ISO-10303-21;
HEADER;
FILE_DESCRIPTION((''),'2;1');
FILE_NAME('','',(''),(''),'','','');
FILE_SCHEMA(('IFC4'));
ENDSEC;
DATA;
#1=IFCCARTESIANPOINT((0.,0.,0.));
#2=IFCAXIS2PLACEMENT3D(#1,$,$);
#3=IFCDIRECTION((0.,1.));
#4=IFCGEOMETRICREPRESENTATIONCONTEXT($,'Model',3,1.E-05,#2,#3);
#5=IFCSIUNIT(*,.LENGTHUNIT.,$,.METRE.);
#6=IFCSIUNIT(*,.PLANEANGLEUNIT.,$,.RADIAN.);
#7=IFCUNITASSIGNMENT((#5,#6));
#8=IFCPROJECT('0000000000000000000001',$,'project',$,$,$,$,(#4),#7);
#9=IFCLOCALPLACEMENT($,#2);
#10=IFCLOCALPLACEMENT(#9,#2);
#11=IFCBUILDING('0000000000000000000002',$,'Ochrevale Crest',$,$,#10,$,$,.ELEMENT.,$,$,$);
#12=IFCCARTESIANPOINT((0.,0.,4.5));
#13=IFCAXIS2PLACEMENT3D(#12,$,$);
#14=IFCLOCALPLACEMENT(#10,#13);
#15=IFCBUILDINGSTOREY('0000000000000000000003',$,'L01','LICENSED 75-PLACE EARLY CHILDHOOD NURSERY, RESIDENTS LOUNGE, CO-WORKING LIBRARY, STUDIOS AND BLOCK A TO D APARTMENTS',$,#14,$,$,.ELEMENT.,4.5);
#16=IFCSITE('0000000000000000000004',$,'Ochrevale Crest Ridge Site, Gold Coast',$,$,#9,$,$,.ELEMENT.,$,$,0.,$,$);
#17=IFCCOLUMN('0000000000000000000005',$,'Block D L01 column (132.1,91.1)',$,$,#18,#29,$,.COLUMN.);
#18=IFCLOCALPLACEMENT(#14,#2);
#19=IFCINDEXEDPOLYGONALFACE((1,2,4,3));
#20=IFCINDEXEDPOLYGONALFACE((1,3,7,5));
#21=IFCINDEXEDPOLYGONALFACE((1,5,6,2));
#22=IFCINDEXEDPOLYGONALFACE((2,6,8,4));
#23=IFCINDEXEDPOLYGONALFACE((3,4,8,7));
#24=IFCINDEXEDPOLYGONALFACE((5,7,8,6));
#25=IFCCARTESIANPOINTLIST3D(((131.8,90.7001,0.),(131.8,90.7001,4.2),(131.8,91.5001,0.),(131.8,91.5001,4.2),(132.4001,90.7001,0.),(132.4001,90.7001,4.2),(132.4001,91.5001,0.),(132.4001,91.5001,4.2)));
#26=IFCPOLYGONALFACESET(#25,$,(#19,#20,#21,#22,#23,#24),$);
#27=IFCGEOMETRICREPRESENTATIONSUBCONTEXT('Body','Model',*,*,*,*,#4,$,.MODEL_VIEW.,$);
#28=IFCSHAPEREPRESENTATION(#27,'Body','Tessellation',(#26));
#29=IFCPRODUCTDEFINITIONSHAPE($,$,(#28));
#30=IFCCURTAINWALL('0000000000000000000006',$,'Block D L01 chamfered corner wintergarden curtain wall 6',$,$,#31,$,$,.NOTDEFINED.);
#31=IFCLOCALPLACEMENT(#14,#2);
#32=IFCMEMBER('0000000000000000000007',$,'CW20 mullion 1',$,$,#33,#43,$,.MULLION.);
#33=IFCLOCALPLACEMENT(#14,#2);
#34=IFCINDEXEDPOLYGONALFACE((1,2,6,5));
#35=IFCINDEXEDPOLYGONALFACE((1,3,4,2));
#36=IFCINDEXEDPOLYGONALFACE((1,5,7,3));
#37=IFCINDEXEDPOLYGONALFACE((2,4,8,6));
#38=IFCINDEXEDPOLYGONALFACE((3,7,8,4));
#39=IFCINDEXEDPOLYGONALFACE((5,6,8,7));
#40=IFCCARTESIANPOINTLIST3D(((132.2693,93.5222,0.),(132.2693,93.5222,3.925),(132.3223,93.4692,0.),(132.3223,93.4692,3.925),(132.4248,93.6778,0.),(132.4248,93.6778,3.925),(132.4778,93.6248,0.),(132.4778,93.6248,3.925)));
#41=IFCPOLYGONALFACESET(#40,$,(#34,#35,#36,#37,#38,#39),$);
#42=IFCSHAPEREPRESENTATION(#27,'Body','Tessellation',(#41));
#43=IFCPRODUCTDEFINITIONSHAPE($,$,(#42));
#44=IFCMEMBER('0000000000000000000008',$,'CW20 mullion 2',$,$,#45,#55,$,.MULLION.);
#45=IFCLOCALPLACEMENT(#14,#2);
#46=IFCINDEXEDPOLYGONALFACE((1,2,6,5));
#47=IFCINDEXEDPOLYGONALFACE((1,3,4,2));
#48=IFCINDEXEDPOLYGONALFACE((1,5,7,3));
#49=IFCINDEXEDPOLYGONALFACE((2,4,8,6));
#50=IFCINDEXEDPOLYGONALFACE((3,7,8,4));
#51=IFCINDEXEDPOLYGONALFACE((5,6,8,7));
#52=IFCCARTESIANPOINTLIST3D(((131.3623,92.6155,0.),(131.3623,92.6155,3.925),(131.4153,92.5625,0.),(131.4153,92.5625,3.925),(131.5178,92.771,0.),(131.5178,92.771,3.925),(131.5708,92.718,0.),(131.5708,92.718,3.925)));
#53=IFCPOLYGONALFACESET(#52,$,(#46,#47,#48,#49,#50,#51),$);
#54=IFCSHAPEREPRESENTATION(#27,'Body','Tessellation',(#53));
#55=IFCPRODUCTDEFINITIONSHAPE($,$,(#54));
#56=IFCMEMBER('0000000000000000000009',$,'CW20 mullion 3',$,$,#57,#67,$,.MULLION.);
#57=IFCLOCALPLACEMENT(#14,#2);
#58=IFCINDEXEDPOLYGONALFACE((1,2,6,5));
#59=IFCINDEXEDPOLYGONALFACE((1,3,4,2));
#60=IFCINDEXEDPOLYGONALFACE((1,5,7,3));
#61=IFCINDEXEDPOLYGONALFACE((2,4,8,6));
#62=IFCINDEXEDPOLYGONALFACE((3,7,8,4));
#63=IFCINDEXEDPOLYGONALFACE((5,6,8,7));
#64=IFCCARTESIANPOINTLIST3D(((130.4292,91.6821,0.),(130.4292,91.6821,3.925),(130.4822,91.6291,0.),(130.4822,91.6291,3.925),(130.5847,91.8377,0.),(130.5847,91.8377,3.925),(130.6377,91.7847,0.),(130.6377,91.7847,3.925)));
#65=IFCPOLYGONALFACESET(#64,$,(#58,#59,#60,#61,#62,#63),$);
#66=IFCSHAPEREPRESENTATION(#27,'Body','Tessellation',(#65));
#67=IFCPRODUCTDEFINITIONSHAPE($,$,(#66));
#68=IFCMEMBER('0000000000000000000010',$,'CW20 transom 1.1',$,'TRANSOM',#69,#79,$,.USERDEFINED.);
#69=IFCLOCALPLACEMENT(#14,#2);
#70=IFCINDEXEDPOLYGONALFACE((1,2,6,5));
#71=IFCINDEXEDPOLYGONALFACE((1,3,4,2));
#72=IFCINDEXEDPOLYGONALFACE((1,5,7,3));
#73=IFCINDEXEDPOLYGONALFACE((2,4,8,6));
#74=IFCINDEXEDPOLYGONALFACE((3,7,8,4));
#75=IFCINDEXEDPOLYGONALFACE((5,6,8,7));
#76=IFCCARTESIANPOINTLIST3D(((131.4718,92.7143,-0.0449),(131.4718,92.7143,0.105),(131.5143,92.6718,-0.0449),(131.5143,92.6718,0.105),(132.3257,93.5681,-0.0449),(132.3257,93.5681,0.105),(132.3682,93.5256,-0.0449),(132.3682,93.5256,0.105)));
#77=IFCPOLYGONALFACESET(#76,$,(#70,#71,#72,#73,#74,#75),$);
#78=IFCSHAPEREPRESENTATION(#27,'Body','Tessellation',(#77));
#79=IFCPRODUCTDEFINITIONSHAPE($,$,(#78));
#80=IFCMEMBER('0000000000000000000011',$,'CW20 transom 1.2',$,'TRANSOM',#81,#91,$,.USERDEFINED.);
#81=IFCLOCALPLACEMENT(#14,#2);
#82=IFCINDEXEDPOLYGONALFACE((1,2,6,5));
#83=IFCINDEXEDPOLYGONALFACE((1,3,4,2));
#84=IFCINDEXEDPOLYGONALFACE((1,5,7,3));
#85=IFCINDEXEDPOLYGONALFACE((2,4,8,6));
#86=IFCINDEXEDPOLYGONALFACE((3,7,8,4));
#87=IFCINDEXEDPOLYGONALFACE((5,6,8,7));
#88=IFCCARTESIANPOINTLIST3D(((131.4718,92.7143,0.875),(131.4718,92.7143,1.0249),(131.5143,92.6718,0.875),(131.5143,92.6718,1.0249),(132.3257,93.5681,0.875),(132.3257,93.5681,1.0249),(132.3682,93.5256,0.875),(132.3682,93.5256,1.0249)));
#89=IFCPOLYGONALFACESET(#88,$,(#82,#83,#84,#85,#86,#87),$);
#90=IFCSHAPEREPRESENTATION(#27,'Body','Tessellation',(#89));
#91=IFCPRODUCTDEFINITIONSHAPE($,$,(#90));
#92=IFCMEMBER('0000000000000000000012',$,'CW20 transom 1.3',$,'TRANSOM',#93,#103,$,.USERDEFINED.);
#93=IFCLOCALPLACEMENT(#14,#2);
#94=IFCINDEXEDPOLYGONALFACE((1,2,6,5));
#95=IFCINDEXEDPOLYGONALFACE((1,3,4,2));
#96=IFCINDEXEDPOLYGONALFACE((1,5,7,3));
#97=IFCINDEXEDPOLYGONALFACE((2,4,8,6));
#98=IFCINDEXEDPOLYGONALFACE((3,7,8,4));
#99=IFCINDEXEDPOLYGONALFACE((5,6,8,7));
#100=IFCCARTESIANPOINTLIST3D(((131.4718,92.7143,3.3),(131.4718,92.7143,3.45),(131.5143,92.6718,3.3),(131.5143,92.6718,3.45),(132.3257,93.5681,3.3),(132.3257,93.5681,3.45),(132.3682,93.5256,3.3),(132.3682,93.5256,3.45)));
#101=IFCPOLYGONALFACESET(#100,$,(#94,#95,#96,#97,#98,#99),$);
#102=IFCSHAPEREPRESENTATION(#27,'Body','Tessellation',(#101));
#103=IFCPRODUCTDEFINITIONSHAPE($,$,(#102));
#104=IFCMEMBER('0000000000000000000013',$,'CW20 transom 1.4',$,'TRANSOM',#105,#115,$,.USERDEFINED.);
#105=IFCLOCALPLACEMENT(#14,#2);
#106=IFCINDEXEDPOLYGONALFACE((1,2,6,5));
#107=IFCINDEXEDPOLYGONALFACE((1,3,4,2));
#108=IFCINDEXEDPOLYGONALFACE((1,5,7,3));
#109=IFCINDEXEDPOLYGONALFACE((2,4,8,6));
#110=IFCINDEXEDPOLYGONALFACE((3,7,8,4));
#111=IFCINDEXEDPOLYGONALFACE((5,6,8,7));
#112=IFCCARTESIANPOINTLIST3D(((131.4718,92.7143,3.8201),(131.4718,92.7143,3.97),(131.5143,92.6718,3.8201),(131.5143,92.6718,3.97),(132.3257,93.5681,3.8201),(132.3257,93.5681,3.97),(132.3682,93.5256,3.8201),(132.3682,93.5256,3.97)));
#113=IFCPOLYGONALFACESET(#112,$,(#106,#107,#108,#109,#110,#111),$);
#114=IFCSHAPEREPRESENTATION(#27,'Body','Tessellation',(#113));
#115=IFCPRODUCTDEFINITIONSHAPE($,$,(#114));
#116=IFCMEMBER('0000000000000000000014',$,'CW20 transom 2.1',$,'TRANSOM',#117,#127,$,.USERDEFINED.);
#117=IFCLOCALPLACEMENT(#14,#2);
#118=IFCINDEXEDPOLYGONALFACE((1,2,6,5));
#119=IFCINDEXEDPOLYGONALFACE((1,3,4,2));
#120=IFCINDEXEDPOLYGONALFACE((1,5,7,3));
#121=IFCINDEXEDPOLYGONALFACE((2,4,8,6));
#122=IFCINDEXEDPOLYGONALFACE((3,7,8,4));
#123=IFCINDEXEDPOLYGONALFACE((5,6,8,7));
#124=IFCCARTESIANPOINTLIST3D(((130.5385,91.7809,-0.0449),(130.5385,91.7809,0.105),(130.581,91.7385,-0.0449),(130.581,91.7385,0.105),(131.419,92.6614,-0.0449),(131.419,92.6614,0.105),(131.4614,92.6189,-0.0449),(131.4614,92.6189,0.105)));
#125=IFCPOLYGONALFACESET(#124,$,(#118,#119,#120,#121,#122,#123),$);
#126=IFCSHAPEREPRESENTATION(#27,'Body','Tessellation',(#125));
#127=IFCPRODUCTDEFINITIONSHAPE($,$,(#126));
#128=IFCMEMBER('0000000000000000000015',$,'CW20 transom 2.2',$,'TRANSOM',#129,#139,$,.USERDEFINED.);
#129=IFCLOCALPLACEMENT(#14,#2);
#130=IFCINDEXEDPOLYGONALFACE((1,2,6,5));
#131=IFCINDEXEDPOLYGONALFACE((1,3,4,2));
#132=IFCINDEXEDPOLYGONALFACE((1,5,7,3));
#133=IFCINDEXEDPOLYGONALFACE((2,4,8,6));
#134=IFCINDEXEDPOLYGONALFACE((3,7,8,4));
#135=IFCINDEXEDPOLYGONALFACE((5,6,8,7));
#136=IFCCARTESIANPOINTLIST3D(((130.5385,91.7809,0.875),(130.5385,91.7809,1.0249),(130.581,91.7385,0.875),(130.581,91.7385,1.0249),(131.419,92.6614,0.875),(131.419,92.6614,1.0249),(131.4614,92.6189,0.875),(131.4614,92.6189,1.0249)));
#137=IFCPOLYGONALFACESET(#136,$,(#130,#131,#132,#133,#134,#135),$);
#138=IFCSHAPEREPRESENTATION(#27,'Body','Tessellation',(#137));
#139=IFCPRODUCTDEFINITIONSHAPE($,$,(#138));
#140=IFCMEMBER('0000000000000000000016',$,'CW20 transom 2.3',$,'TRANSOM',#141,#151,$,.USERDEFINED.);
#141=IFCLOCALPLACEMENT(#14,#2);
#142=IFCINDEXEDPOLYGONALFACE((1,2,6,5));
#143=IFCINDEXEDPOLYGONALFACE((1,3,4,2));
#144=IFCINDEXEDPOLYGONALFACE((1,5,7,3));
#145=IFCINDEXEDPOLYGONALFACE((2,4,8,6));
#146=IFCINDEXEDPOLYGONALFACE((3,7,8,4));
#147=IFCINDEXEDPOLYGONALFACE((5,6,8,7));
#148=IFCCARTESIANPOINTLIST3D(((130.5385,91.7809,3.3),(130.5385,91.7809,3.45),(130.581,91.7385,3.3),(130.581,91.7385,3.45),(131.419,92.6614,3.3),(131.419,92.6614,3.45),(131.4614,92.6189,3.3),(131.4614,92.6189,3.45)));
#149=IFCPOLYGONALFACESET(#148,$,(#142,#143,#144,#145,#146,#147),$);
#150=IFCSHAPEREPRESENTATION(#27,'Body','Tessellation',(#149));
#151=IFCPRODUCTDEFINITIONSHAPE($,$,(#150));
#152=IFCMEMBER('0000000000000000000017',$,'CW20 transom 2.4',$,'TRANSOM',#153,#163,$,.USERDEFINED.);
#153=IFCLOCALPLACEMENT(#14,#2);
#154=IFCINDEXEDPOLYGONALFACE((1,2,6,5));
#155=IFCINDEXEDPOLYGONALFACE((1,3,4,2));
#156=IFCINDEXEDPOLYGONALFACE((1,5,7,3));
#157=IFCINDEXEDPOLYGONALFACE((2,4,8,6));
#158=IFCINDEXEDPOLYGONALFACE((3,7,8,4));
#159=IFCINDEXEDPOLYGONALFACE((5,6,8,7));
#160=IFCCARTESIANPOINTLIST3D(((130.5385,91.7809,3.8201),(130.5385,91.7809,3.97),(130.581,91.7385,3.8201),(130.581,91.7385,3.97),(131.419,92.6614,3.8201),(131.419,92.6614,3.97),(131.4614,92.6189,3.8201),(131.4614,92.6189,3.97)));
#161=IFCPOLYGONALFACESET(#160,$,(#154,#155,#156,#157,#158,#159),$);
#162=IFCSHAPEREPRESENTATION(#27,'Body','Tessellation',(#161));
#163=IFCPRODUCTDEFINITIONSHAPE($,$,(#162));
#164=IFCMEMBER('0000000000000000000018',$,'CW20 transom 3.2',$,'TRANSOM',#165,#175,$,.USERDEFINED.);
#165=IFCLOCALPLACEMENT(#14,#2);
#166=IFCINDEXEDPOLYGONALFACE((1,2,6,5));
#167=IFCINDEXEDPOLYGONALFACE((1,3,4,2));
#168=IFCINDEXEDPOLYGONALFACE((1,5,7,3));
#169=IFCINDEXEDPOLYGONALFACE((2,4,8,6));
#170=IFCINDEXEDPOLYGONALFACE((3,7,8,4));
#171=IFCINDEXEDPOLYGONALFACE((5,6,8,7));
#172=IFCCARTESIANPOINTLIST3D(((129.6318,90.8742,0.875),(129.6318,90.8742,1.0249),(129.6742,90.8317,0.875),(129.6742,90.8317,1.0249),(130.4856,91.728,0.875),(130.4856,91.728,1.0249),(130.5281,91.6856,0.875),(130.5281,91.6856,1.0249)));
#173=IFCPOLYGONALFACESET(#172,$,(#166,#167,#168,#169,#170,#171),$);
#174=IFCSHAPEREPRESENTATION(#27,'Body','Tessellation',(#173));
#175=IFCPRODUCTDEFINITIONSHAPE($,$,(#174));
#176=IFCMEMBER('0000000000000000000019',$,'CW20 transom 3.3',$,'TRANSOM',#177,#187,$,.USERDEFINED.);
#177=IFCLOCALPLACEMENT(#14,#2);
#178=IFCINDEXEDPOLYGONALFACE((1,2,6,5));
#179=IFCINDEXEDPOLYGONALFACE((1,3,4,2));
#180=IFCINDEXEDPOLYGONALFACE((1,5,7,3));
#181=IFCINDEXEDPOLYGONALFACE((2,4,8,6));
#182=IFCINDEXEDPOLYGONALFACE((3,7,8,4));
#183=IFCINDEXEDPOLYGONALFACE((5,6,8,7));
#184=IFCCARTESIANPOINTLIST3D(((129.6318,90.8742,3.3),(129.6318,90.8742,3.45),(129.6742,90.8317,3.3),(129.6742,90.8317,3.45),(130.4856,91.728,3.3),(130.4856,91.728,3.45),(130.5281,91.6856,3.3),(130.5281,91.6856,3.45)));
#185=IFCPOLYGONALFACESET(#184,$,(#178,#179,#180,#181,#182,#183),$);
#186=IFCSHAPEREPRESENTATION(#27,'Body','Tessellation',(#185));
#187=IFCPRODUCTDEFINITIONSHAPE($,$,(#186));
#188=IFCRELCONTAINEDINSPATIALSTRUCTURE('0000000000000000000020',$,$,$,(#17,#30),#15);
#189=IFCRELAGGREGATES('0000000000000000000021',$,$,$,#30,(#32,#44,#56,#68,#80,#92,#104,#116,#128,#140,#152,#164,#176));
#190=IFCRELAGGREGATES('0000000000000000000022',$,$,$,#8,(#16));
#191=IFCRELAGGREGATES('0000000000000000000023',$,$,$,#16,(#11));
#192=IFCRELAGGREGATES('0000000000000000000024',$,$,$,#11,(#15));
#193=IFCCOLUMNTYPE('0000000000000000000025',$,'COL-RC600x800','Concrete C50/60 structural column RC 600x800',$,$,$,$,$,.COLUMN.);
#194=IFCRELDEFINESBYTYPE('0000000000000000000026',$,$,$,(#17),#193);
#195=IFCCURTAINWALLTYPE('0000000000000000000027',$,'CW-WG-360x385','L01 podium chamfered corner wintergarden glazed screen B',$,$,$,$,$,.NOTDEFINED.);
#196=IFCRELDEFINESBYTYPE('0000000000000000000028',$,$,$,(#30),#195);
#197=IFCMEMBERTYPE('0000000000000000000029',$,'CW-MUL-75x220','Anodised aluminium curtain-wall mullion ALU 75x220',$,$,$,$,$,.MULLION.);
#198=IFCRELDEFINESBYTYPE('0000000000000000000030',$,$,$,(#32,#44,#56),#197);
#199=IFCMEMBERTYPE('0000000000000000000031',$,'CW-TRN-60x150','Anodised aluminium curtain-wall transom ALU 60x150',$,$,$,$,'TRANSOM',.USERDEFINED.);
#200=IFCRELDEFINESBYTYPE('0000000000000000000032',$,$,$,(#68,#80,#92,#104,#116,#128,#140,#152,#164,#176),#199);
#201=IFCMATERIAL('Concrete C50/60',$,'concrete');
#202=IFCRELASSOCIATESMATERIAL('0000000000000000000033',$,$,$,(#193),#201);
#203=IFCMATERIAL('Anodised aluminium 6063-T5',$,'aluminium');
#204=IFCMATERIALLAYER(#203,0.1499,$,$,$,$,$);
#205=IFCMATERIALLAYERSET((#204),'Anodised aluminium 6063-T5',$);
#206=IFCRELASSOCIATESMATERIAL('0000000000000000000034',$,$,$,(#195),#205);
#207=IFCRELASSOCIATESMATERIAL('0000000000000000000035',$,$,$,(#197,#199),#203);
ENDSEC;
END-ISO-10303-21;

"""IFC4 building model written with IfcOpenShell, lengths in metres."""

from ifc_helpers import new_model, si_unit, direction, frame, origin, origin_2d, place, context, subcontext, project, spatial, rectangle, extrude, material, layer, layer_set, material_profile, profile_set, type_object, element, aggregate, save


model = new_model("IFC4")

# Units and contexts
model_context = context("Model", 3, precision=1e-05, world=origin(), true_north=direction((0.0, 1.0)))
body_context = subcontext(model_context, "Body", "Model", "MODEL_VIEW")
ifc_project = project(units=[si_unit("LENGTHUNIT", "METRE"), si_unit("PLANEANGLEUNIT", "RADIAN")], contexts=[model_context])

# Site, building, storey
site_placement = place(None, origin())
site = spatial("IfcSite", under=ifc_project, at=site_placement, Name="Ochrevale Crest Ridge Site, Gold Coast", CompositionType="ELEMENT", RefElevation=0.0)
building_placement = place(site_placement, origin())
building = spatial("IfcBuilding", under=site, at=building_placement, Name="Ochrevale Crest", CompositionType="ELEMENT")
storey_placement = place(building_placement, frame((0.0, 0.0, 4.5)))
storey = spatial("IfcBuildingStorey", under=building, at=storey_placement, Name="L01", Description="LICENSED 75-PLACE EARLY CHILDHOOD NURSERY, RESIDENTS LOUNGE, CO-WORKING LIBRARY, STUDIOS AND BLOCK A TO D APARTMENTS", CompositionType="ELEMENT", Elevation=4.5)

# Column
ifc_material_1 = material(Name="Concrete C50/60", Category="concrete")
ifc_material_profile_1 = material_profile(ifc_material_1, rectangle(XDim=0.6001, YDim=0.8, at=origin_2d()), Name="RC 600x800")
ifc_profile_set_1 = profile_set([ifc_material_profile_1], Name="Concrete C50/60")
column_type = type_object("IfcColumnType", Name="COL-RC600x800", Description="Concrete C50/60 structural column RC 600x800", PredefinedType="COLUMN", material=ifc_profile_set_1)
column_placement = place(storey_placement, frame((132.1001, 91.1001, 0.0), z_axis=(0.0, 0.0, 1.0), x_axis=(1.0, 0.0, 0.0)))
element("IfcColumn", 1, at=column_placement, inside=storey, type_object=column_type, Name="Block D L01 column (132.1,91.1)", PredefinedType="COLUMN", context=body_context, shape_type="SweptSolid", body=[
    extrude(rectangle(XDim=0.6001, YDim=0.8, at=origin_2d()), origin(), (0.0, 0.0, 1.0), 4.2),
])

# Curtain wall, members
ifc_material_2 = material(Name="Anodised aluminium 6063-T5", Category="aluminium")
ifc_layer_1 = layer(ifc_material_2, 0.1499)
ifc_layer_set_1 = layer_set([ifc_layer_1], Name="Anodised aluminium 6063-T5")
curtain_wall_type = type_object("IfcCurtainWallType", Name="CW-WG-360x385", Description="L01 podium chamfered corner wintergarden glazed screen B", PredefinedType="NOTDEFINED", material=ifc_layer_set_1)
curtain_wall_placement = place(storey_placement, origin())
curtain_wall = element("IfcCurtainWall", 2, at=curtain_wall_placement, inside=storey, type_object=curtain_wall_type, Name="Block D L01 chamfered corner wintergarden curtain wall 6", PredefinedType="NOTDEFINED")
ifc_material_profile_2 = material_profile(ifc_material_2, rectangle(XDim=0.075, YDim=0.22, at=origin_2d()), Name="ALU 75x220")
ifc_profile_set_2 = profile_set([ifc_material_profile_2], Name="Anodised aluminium 6063-T5")
member_type_1 = type_object("IfcMemberType", Name="CW-MUL-75x220", Description="Anodised aluminium curtain-wall mullion ALU 75x220", PredefinedType="MULLION", material=ifc_profile_set_2)
member_1_placement = place(storey_placement, frame((132.3735, 93.5735, 0.0), z_axis=(0.0, 0.0, 1.0), x_axis=(0.707107, -0.707107, 0.0)))
member_1 = element("IfcMember", 3, at=member_1_placement, type_object=member_type_1, Name="CW20 mullion 1", PredefinedType="MULLION", context=body_context, shape_type="SweptSolid", body=[
    extrude(rectangle(XDim=0.075, YDim=0.22, at=origin_2d()), origin(), (0.0, 0.0, 1.0), 3.925),
])
member_2_placement = place(storey_placement, frame((131.4666, 92.6667, 0.0), z_axis=(0.0, 0.0, 1.0), x_axis=(0.707107, -0.707107, 0.0)))
member_2 = element("IfcMember", 4, at=member_2_placement, type_object=member_type_1, Name="CW20 mullion 2", PredefinedType="MULLION", context=body_context, shape_type="SweptSolid", body=[
    extrude(rectangle(XDim=0.075, YDim=0.22, at=origin_2d()), origin(), (0.0, 0.0, 1.0), 3.925),
])
member_3_placement = place(storey_placement, frame((130.5334, 91.7334, 0.0), z_axis=(0.0, 0.0, 1.0), x_axis=(0.707107, -0.707107, 0.0)))
member_3 = element("IfcMember", 5, at=member_3_placement, type_object=member_type_1, Name="CW20 mullion 3", PredefinedType="MULLION", context=body_context, shape_type="SweptSolid", body=[
    extrude(rectangle(XDim=0.075, YDim=0.22, at=origin_2d()), origin(), (0.0, 0.0, 1.0), 3.925),
])
ifc_material_profile_3 = material_profile(ifc_material_2, rectangle(XDim=0.0601, YDim=0.1499, at=origin_2d()), Name="ALU 60x150")
ifc_profile_set_3 = profile_set([ifc_material_profile_3], Name="Anodised aluminium 6063-T5")
member_type_2 = type_object("IfcMemberType", Name="CW-TRN-60x150", Description="Anodised aluminium curtain-wall transom ALU 60x150", ElementType="TRANSOM", PredefinedType="USERDEFINED", material=ifc_profile_set_3)
member_4_placement = place(storey_placement, frame((132.3469, 93.5469, 0.03), z_axis=(-0.707107, -0.707107, 0.0), x_axis=(0.707107, -0.707107, 0.0)))
member_4 = element("IfcMember", 6, at=member_4_placement, type_object=member_type_2, Name="CW20 transom 1.1", ObjectType="TRANSOM", PredefinedType="USERDEFINED", context=body_context, shape_type="SweptSolid", body=[
    extrude(rectangle(XDim=0.0601, YDim=0.1499, at=origin_2d()), origin(), (0.0, 0.0, 1.0), 1.2075),
])
member_5_placement = place(storey_placement, frame((132.3469, 93.5469, 0.95), z_axis=(-0.707107, -0.707107, 0.0), x_axis=(0.707107, -0.707107, 0.0)))
member_5 = element("IfcMember", 7, at=member_5_placement, type_object=member_type_2, Name="CW20 transom 1.2", ObjectType="TRANSOM", PredefinedType="USERDEFINED", context=body_context, shape_type="SweptSolid", body=[
    extrude(rectangle(XDim=0.0601, YDim=0.1499, at=origin_2d()), origin(), (0.0, 0.0, 1.0), 1.2075),
])
member_6_placement = place(storey_placement, frame((132.3469, 93.5469, 3.375), z_axis=(-0.707107, -0.707107, 0.0), x_axis=(0.707107, -0.707107, 0.0)))
member_6 = element("IfcMember", 8, at=member_6_placement, type_object=member_type_2, Name="CW20 transom 1.3", ObjectType="TRANSOM", PredefinedType="USERDEFINED", context=body_context, shape_type="SweptSolid", body=[
    extrude(rectangle(XDim=0.0601, YDim=0.1499, at=origin_2d()), origin(), (0.0, 0.0, 1.0), 1.2075),
])
member_7_placement = place(storey_placement, frame((132.3469, 93.5469, 3.895), z_axis=(-0.707107, -0.707107, 0.0), x_axis=(0.707107, -0.707107, 0.0)))
member_7 = element("IfcMember", 9, at=member_7_placement, type_object=member_type_2, Name="CW20 transom 1.4", ObjectType="TRANSOM", PredefinedType="USERDEFINED", context=body_context, shape_type="SweptSolid", body=[
    extrude(rectangle(XDim=0.0601, YDim=0.1499, at=origin_2d()), origin(), (0.0, 0.0, 1.0), 1.2075),
])
member_8_placement = place(storey_placement, frame((131.4402, 92.6401, 0.03), z_axis=(-0.707107, -0.707107, 0.0), x_axis=(0.707107, -0.707107, 0.0)))
member_8 = element("IfcMember", 10, at=member_8_placement, type_object=member_type_2, Name="CW20 transom 2.1", ObjectType="TRANSOM", PredefinedType="USERDEFINED", context=body_context, shape_type="SweptSolid", body=[
    extrude(rectangle(XDim=0.0601, YDim=0.1499, at=origin_2d()), origin(), (0.0, 0.0, 1.0), 1.2451),
])
member_9_placement = place(storey_placement, frame((131.4402, 92.6401, 0.95), z_axis=(-0.707107, -0.707107, 0.0), x_axis=(0.707107, -0.707107, 0.0)))
member_9 = element("IfcMember", 11, at=member_9_placement, type_object=member_type_2, Name="CW20 transom 2.2", ObjectType="TRANSOM", PredefinedType="USERDEFINED", context=body_context, shape_type="SweptSolid", body=[
    extrude(rectangle(XDim=0.0601, YDim=0.1499, at=origin_2d()), origin(), (0.0, 0.0, 1.0), 1.2451),
])
member_10_placement = place(storey_placement, frame((131.4402, 92.6401, 3.375), z_axis=(-0.707107, -0.707107, 0.0), x_axis=(0.707107, -0.707107, 0.0)))
member_10 = element("IfcMember", 12, at=member_10_placement, type_object=member_type_2, Name="CW20 transom 2.3", ObjectType="TRANSOM", PredefinedType="USERDEFINED", context=body_context, shape_type="SweptSolid", body=[
    extrude(rectangle(XDim=0.0601, YDim=0.1499, at=origin_2d()), origin(), (0.0, 0.0, 1.0), 1.2451),
])
member_11_placement = place(storey_placement, frame((131.4402, 92.6401, 3.895), z_axis=(-0.707107, -0.707107, 0.0), x_axis=(0.707107, -0.707107, 0.0)))
member_11 = element("IfcMember", 13, at=member_11_placement, type_object=member_type_2, Name="CW20 transom 2.4", ObjectType="TRANSOM", PredefinedType="USERDEFINED", context=body_context, shape_type="SweptSolid", body=[
    extrude(rectangle(XDim=0.0601, YDim=0.1499, at=origin_2d()), origin(), (0.0, 0.0, 1.0), 1.2451),
])
member_12_placement = place(storey_placement, frame((130.5068, 91.7068, 0.95), z_axis=(-0.707107, -0.707107, 0.0), x_axis=(0.707107, -0.707107, 0.0)))
member_12 = element("IfcMember", 14, at=member_12_placement, type_object=member_type_2, Name="CW20 transom 3.2", ObjectType="TRANSOM", PredefinedType="USERDEFINED", context=body_context, shape_type="SweptSolid", body=[
    extrude(rectangle(XDim=0.0601, YDim=0.1499, at=origin_2d()), origin(), (0.0, 0.0, 1.0), 1.2075),
])
member_13_placement = place(storey_placement, frame((130.5068, 91.7068, 3.375), z_axis=(-0.707107, -0.707107, 0.0), x_axis=(0.707107, -0.707107, 0.0)))
member_13 = element("IfcMember", 15, at=member_13_placement, type_object=member_type_2, Name="CW20 transom 3.3", ObjectType="TRANSOM", PredefinedType="USERDEFINED", context=body_context, shape_type="SweptSolid", body=[
    extrude(rectangle(XDim=0.0601, YDim=0.1499, at=origin_2d()), origin(), (0.0, 0.0, 1.0), 1.2075),
])
aggregate(curtain_wall, [member_1, member_2, member_3, member_4, member_5, member_6, member_7, member_8, member_9, member_10, member_11, member_12, member_13])

save(model, "model.ifc")
